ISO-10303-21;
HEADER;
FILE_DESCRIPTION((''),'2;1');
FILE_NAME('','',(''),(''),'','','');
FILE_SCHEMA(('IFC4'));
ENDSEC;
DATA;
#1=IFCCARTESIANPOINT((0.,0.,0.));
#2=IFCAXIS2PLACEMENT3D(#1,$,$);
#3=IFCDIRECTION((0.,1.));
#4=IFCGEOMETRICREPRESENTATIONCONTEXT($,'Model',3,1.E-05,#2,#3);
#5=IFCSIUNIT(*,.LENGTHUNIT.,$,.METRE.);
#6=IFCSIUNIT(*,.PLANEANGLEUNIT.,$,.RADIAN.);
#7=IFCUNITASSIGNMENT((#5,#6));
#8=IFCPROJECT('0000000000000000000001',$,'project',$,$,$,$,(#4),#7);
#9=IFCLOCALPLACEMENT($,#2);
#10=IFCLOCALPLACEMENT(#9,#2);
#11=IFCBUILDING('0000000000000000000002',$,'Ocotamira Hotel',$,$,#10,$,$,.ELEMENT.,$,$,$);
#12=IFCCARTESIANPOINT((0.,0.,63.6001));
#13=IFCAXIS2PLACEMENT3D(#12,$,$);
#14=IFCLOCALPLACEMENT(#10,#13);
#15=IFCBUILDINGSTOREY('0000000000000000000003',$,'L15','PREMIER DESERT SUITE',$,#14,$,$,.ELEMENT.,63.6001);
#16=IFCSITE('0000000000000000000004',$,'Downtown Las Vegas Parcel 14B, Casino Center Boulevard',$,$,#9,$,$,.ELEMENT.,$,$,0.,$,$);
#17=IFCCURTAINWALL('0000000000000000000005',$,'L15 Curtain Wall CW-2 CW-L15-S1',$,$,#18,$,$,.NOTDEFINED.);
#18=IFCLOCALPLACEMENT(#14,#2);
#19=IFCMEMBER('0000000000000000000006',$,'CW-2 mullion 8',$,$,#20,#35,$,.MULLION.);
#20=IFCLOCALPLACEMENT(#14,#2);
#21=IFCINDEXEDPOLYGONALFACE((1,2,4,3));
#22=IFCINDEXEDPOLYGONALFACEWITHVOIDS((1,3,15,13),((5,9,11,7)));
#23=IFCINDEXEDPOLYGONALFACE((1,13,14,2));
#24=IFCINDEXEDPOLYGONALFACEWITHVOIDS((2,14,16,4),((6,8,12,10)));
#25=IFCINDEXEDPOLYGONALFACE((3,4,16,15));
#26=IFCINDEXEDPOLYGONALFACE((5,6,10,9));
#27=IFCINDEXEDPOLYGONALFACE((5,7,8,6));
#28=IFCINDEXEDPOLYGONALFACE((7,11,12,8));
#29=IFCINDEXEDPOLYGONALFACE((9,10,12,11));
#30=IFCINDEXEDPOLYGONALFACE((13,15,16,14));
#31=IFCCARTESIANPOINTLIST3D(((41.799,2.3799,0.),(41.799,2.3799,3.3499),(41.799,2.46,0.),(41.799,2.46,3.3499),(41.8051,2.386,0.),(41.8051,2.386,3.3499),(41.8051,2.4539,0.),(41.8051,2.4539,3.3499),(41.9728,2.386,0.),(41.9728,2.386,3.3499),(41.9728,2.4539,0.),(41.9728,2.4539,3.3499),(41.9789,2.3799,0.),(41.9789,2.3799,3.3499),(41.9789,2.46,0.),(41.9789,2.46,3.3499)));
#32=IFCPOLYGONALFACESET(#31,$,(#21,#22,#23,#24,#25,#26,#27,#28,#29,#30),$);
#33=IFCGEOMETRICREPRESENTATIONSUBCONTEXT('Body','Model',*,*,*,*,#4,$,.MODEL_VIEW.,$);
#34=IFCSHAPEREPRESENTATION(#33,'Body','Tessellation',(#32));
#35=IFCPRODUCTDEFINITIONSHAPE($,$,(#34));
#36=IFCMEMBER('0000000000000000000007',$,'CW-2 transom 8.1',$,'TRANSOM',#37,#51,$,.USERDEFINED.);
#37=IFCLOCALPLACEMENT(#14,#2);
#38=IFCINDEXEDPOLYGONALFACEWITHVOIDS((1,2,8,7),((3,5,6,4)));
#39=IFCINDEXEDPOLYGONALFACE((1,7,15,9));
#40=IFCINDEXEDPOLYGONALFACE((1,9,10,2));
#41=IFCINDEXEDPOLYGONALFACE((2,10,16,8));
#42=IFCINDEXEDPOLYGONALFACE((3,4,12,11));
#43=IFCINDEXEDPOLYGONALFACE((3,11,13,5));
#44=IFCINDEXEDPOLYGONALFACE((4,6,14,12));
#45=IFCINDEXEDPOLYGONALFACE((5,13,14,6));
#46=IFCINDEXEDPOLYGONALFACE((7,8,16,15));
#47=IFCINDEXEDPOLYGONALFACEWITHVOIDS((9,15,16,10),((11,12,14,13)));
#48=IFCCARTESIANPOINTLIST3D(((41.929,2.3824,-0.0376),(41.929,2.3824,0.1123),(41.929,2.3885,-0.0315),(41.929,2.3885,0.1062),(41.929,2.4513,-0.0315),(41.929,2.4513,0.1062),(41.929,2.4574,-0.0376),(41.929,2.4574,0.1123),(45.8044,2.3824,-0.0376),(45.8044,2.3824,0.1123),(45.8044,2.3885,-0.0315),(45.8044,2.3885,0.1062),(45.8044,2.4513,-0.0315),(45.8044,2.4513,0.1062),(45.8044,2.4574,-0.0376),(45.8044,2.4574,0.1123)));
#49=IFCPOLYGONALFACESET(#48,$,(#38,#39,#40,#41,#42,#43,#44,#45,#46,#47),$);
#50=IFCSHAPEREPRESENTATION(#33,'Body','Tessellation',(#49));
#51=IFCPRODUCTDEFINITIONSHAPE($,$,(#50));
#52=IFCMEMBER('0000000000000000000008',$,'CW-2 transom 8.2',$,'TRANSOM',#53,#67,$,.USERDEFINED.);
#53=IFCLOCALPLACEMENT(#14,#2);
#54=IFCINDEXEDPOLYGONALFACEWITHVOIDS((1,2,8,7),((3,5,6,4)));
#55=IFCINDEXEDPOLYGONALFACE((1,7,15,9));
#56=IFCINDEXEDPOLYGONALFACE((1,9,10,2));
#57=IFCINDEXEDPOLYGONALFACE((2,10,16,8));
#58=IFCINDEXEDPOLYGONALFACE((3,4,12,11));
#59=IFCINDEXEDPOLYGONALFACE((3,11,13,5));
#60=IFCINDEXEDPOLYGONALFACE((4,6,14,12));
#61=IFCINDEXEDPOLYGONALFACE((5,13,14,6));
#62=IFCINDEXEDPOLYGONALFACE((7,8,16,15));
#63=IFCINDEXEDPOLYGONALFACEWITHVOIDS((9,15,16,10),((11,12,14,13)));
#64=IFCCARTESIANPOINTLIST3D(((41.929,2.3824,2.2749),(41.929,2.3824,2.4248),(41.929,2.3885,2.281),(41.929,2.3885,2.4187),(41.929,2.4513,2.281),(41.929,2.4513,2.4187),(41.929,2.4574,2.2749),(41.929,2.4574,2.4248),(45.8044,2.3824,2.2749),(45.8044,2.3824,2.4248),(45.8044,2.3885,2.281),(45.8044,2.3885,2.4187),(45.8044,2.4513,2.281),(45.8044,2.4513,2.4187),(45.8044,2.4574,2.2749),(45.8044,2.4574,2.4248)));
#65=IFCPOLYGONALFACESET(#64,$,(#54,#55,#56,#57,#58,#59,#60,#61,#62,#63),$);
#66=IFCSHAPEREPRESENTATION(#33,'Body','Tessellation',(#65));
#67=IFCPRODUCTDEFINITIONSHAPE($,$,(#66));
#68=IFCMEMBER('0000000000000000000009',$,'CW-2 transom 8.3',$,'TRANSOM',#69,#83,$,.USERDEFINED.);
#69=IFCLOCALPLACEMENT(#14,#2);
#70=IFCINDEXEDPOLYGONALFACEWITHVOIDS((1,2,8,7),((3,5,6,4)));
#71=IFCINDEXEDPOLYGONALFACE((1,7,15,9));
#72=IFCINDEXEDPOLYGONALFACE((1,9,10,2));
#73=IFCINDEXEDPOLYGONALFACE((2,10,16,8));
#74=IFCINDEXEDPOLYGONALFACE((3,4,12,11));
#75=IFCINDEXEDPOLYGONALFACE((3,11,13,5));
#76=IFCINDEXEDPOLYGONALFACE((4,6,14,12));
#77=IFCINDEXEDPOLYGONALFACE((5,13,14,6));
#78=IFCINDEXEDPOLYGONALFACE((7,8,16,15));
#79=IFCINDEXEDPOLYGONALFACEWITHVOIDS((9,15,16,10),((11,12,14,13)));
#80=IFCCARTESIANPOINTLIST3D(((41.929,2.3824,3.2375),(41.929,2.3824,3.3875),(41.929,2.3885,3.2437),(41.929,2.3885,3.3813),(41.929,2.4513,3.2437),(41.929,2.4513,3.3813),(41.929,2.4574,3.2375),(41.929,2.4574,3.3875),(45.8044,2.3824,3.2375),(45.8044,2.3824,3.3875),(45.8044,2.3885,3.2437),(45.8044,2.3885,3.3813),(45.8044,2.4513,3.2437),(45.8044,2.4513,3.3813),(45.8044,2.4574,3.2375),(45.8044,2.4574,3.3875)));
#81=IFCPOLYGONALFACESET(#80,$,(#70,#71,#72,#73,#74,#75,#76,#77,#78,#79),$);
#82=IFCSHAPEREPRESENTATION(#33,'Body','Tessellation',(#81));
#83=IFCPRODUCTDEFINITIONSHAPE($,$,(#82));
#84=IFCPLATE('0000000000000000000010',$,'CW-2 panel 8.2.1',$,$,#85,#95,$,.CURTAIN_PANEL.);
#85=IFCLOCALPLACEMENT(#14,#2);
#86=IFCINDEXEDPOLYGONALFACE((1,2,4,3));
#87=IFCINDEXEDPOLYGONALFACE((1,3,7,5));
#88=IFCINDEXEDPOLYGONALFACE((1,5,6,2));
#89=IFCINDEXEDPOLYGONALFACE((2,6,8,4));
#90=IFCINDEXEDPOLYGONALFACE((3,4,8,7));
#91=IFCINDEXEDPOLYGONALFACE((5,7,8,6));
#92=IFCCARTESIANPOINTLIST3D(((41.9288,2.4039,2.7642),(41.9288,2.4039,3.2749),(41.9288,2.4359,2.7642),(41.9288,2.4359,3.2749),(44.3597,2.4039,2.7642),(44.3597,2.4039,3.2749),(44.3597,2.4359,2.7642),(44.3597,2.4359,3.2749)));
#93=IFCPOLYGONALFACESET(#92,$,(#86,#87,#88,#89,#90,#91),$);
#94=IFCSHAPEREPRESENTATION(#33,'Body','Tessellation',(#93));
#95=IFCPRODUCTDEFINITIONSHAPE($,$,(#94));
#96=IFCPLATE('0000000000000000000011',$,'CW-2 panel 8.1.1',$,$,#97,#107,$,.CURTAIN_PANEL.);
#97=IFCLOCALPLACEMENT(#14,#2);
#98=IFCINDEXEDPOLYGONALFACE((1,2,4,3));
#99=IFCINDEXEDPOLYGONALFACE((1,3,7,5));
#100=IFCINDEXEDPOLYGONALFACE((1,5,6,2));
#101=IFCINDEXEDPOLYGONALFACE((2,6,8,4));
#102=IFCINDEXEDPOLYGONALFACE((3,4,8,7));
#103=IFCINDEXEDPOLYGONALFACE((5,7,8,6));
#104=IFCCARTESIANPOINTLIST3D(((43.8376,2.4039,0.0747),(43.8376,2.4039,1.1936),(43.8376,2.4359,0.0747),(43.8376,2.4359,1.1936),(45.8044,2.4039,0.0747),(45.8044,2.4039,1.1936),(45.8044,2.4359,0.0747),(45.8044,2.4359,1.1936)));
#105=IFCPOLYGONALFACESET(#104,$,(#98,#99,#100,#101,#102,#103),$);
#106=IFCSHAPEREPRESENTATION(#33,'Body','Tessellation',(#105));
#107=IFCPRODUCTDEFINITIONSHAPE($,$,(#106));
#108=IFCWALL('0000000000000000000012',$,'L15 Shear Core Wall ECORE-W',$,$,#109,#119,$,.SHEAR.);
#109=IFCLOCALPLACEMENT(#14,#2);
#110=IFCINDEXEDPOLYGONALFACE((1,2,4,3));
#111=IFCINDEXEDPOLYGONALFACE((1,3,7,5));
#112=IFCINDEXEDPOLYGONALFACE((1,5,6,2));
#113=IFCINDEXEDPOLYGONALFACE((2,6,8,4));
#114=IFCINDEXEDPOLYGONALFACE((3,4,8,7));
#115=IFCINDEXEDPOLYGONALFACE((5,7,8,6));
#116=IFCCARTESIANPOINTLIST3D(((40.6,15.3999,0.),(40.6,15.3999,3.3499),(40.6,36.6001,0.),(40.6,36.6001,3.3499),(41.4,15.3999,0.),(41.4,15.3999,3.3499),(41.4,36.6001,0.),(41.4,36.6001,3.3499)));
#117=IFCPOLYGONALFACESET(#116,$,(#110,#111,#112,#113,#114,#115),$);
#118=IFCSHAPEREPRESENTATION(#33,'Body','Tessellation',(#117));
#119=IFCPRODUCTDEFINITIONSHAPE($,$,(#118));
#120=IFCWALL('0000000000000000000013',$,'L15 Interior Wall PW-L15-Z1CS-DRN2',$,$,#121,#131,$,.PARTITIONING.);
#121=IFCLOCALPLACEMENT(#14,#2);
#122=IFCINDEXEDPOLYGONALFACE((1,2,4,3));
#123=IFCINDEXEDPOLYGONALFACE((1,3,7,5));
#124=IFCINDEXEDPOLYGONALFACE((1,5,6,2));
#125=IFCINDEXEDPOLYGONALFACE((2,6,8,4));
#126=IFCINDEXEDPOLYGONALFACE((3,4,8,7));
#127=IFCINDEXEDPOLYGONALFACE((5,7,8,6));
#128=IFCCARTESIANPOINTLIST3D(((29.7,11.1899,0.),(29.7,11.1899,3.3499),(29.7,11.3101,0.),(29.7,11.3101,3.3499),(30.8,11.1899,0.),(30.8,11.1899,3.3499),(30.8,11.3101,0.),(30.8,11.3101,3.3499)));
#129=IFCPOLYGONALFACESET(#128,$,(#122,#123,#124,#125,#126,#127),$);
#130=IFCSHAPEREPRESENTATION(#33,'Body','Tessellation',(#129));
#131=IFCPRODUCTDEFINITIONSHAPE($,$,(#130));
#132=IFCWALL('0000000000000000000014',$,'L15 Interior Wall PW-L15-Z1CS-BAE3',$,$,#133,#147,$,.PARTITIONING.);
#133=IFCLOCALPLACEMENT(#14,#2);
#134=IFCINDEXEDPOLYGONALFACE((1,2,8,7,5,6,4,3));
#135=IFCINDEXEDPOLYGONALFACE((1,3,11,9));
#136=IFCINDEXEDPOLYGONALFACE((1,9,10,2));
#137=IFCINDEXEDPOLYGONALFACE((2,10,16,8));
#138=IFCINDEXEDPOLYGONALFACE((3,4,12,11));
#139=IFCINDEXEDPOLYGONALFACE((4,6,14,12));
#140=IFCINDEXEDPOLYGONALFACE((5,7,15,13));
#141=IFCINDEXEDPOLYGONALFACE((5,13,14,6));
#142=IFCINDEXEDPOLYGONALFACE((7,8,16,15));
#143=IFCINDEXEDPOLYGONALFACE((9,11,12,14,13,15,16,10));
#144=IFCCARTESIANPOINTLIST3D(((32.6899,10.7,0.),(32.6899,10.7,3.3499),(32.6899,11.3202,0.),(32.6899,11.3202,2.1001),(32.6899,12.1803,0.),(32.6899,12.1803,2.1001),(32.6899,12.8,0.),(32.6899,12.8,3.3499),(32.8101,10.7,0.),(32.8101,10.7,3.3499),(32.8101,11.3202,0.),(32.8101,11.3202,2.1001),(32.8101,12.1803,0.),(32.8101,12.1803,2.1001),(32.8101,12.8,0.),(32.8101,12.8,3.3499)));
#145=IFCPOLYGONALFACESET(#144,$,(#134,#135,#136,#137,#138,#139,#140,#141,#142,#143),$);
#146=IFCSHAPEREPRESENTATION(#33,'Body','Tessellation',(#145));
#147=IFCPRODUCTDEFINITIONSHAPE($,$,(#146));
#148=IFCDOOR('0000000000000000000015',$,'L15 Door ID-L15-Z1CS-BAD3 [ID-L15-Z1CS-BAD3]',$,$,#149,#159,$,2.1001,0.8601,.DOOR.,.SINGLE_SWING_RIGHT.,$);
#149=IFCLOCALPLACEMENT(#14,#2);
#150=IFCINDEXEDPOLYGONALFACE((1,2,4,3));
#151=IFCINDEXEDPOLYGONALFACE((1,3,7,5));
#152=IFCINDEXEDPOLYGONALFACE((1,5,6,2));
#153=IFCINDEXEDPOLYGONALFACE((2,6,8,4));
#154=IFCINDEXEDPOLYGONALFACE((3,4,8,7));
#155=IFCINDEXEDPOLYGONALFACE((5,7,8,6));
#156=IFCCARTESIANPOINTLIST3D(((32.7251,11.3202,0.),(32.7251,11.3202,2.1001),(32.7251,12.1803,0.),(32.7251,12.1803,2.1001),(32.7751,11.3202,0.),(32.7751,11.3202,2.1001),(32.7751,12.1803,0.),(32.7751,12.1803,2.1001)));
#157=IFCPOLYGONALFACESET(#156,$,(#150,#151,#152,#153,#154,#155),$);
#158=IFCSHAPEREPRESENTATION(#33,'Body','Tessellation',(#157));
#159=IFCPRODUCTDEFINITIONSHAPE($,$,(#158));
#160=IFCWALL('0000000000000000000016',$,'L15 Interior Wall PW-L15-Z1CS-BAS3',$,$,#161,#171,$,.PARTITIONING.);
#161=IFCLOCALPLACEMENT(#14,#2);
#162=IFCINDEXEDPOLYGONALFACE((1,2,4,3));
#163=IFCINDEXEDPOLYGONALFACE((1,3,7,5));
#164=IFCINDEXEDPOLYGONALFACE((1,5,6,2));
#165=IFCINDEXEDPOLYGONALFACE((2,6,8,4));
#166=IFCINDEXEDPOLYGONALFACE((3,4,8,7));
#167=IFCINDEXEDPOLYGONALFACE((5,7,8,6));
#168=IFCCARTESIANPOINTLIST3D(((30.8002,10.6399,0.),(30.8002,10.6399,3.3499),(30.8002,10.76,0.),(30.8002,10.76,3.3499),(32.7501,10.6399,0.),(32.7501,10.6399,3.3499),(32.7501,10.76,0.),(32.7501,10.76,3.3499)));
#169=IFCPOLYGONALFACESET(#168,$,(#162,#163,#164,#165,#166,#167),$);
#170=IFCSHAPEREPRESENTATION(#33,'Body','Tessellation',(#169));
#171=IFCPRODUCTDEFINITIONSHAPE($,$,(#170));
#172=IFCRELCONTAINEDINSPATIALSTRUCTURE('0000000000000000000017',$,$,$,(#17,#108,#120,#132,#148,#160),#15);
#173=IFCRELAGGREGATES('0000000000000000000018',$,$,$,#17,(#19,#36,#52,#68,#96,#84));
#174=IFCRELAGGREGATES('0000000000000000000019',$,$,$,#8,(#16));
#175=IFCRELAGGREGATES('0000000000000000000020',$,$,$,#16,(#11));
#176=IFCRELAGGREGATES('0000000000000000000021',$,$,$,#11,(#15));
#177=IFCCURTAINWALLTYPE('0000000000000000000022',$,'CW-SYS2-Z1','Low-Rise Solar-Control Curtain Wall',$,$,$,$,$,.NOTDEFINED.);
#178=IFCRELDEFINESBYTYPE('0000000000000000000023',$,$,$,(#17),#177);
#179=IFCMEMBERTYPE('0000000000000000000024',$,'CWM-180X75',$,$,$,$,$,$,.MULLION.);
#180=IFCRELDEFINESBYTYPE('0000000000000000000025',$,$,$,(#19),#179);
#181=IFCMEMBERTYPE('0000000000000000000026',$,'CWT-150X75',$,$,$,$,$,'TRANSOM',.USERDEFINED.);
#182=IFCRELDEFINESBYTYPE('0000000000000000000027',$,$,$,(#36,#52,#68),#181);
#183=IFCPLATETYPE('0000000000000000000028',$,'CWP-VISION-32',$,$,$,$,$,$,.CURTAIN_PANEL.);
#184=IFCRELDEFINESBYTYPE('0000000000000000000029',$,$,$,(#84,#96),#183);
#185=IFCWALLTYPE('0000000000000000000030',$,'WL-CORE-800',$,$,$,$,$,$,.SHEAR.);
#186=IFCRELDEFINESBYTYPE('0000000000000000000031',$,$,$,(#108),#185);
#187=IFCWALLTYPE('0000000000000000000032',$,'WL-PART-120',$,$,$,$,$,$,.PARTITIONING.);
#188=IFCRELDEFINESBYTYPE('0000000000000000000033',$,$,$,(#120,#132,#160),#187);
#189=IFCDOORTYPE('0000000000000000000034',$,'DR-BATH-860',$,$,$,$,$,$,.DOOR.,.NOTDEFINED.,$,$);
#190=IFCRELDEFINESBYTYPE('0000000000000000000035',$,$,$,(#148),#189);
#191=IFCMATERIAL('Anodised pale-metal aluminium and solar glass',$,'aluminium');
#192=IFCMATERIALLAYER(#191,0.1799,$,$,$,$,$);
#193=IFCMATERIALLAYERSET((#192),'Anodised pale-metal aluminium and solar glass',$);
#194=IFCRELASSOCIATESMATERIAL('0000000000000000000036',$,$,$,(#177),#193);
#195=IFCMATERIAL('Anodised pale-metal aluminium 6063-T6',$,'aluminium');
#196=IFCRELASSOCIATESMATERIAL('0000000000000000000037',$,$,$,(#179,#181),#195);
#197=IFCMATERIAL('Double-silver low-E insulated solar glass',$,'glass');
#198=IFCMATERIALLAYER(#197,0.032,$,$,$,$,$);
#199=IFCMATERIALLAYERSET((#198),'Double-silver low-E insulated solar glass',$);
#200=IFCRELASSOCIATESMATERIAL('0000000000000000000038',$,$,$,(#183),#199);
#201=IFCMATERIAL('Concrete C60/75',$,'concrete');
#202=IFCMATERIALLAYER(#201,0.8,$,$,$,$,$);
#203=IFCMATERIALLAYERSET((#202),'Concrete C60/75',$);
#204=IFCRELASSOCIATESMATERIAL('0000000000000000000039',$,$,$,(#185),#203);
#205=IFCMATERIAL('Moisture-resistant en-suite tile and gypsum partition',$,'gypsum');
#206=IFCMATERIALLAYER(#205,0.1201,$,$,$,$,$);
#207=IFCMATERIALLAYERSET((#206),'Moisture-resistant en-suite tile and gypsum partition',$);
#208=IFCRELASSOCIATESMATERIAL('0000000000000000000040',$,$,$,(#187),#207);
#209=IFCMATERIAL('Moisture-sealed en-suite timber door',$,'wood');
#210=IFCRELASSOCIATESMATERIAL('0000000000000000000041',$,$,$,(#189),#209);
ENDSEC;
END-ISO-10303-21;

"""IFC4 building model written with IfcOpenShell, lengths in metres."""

from ifc_helpers import new_model, si_unit, direction, frame, frame_2d, origin, origin_2d, place, context, subcontext, project, spatial, rectangle, hollow_rectangle, extrude, source, transform, mapped, material, layer, layer_set, material_profile, profile_set, type_object, element, fill, aggregate, save


model = new_model("IFC4")

# Units and contexts
model_context = context("Model", 3, precision=1e-05, world=origin(), true_north=direction((0.0, 1.0)))
body_context = subcontext(model_context, "Body", "Model", "MODEL_VIEW")
ifc_project = project(units=[si_unit("LENGTHUNIT", "METRE"), si_unit("PLANEANGLEUNIT", "RADIAN")], contexts=[model_context])

# Site, building, storey
site_placement = place(None, origin())
site = spatial("IfcSite", under=ifc_project, at=site_placement, Name="Downtown Las Vegas Parcel 14B, Casino Center Boulevard", CompositionType="ELEMENT", RefElevation=0.0)
building_placement = place(site_placement, origin())
building = spatial("IfcBuilding", under=site, at=building_placement, Name="Ocotamira Hotel", CompositionType="ELEMENT")
storey_placement = place(building_placement, frame((0.0, 0.0, 63.6001)))
storey = spatial("IfcBuildingStorey", under=building, at=storey_placement, Name="L15", Description="PREMIER DESERT SUITE", CompositionType="ELEMENT", Elevation=63.6001)

# Curtain wall, members, plates
ifc_material_1 = material(Name="Anodised pale-metal aluminium and solar glass", Category="aluminium")
ifc_layer_1 = layer(ifc_material_1, 0.1799)
ifc_layer_set_1 = layer_set([ifc_layer_1], Name="Anodised pale-metal aluminium and solar glass")
curtain_wall_type = type_object("IfcCurtainWallType", Name="CW-SYS2-Z1", Description="Low-Rise Solar-Control Curtain Wall", PredefinedType="NOTDEFINED", material=ifc_layer_set_1)
curtain_wall_placement = place(storey_placement, origin())
curtain_wall = element("IfcCurtainWall", 1, at=curtain_wall_placement, inside=storey, type_object=curtain_wall_type, Name="L15 Curtain Wall CW-2 CW-L15-S1", PredefinedType="NOTDEFINED")
ifc_material_2 = material(Name="Anodised pale-metal aluminium 6063-T6", Category="aluminium")
ifc_material_profile_1 = material_profile(ifc_material_2, hollow_rectangle(XDim=0.0801, YDim=0.1799, WallThickness=0.0061, at=origin_2d()), Name="HSS180X80X6")
ifc_profile_set_1 = profile_set([ifc_material_profile_1], Name="Anodised pale-metal aluminium 6063-T6")
member_type_1 = type_object("IfcMemberType", Name="CWM-180X75", PredefinedType="MULLION", material=ifc_profile_set_1)
shared_shape_1 = source(origin(), body_context, "Body", "SweptSolid", [
    extrude(hollow_rectangle(XDim=0.0801, YDim=0.1799, WallThickness=0.0061, at=origin_2d()), origin(), (0.0, 0.0, 1.0), 3.3499),
])
member_1_placement = place(storey_placement, frame((41.8889, 2.4199, 0.0), z_axis=(0.0, 0.0, 1.0), x_axis=(0.0, 1.0, 0.0)))
member_1 = element("IfcMember", 2, at=member_1_placement, type_object=member_type_1, Name="CW-2 mullion 8", PredefinedType="MULLION", context=body_context, shape_type="MappedRepresentation", body=[
    mapped(shared_shape_1, transform((0.0, 0.0, 0.0), scale=1.0)),
])
ifc_material_profile_2 = material_profile(ifc_material_2, hollow_rectangle(XDim=0.075, YDim=0.1499, WallThickness=0.0061, at=origin_2d()), Name="HSS150X75X6")
ifc_profile_set_2 = profile_set([ifc_material_profile_2], Name="Anodised pale-metal aluminium 6063-T6")
member_type_2 = type_object("IfcMemberType", Name="CWT-150X75", ElementType="TRANSOM", PredefinedType="USERDEFINED", material=ifc_profile_set_2)
shared_shape_2 = source(origin(), body_context, "Body", "SweptSolid", [
    extrude(hollow_rectangle(XDim=0.075, YDim=0.1499, WallThickness=0.0061, at=origin_2d()), origin(), (0.0, 0.0, 1.0), 3.8755),
])
member_2_placement = place(storey_placement, frame((41.929, 2.4199, 0.0374), z_axis=(1.0, 0.0, 0.0), x_axis=(0.0, 1.0, 0.0)))
member_2 = element("IfcMember", 3, at=member_2_placement, type_object=member_type_2, Name="CW-2 transom 8.1", ObjectType="TRANSOM", PredefinedType="USERDEFINED", context=body_context, shape_type="MappedRepresentation", body=[
    mapped(shared_shape_2, transform((0.0, 0.0, 0.0), scale=1.0)),
])
member_3_placement = place(storey_placement, frame((41.929, 2.4199, 2.3499), z_axis=(1.0, 0.0, 0.0), x_axis=(0.0, 1.0, 0.0)))
member_3 = element("IfcMember", 4, at=member_3_placement, type_object=member_type_2, Name="CW-2 transom 8.2", ObjectType="TRANSOM", PredefinedType="USERDEFINED", context=body_context, shape_type="MappedRepresentation", body=[
    mapped(shared_shape_2, transform((0.0, 0.0, 0.0), scale=1.0)),
])
member_4_placement = place(storey_placement, frame((41.929, 2.4199, 3.3125), z_axis=(1.0, 0.0, 0.0), x_axis=(0.0, 1.0, 0.0)))
member_4 = element("IfcMember", 5, at=member_4_placement, type_object=member_type_2, Name="CW-2 transom 8.3", ObjectType="TRANSOM", PredefinedType="USERDEFINED", context=body_context, shape_type="MappedRepresentation", body=[
    mapped(shared_shape_2, transform((0.0, 0.0, 0.0), scale=1.0)),
])
ifc_material_3 = material(Name="Double-silver low-E insulated solar glass", Category="glass")
ifc_layer_2 = layer(ifc_material_3, 0.032)
ifc_layer_set_2 = layer_set([ifc_layer_2], Name="Double-silver low-E insulated solar glass")
plate_type = type_object("IfcPlateType", Name="CWP-VISION-32", PredefinedType="CURTAIN_PANEL", material=ifc_layer_set_2)
shared_shape_3 = source(origin(), body_context, "Body", "SweptSolid", [
    extrude(rectangle(XDim=2.4309, YDim=0.032, at=origin_2d()), origin(), (0.0, 0.0, 1.0), 0.5107),
])
plate_1_placement = place(storey_placement, frame((43.1443, 2.4199, 2.7642), z_axis=(0.0, 0.0, 1.0), x_axis=(1.0, 0.0, 0.0)))
plate_1 = element("IfcPlate", 6, at=plate_1_placement, type_object=plate_type, Name="CW-2 panel 8.2.1", PredefinedType="CURTAIN_PANEL", context=body_context, shape_type="MappedRepresentation", body=[
    mapped(shared_shape_3, transform((0.0, 0.0, 0.0), scale=1.0)),
])
shared_shape_4 = source(origin(), body_context, "Body", "SweptSolid", [
    extrude(rectangle(XDim=1.9668, YDim=0.032, at=origin_2d()), origin(), (0.0, 0.0, 1.0), 1.1189),
])
plate_2_placement = place(storey_placement, frame((44.821, 2.4199, 0.0747), z_axis=(0.0, 0.0, 1.0), x_axis=(1.0, 0.0, 0.0)))
plate_2 = element("IfcPlate", 7, at=plate_2_placement, type_object=plate_type, Name="CW-2 panel 8.1.1", PredefinedType="CURTAIN_PANEL", context=body_context, shape_type="MappedRepresentation", body=[
    mapped(shared_shape_4, transform((0.0, 0.0, 0.0), scale=1.0)),
])
aggregate(curtain_wall, [member_1, member_2, member_3, member_4, plate_2, plate_1])

# Shared definitions
ifc_material_4 = material(Name="Concrete C60/75", Category="concrete")
ifc_layer_3 = layer(ifc_material_4, 0.8)
ifc_layer_set_3 = layer_set([ifc_layer_3], Name="Concrete C60/75")
wall_type_1 = type_object("IfcWallType", Name="WL-CORE-800", PredefinedType="SHEAR", material=ifc_layer_set_3)

# Walls
wall_1_placement = place(storey_placement, frame((41.0, 15.3999, 0.0), z_axis=(0.0, 0.0, 1.0), x_axis=(0.0, 1.0, 0.0)))
element("IfcWall", 8, at=wall_1_placement, inside=storey, type_object=wall_type_1, Name="L15 Shear Core Wall ECORE-W", PredefinedType="SHEAR", context=body_context, shape_type="SweptSolid", body=[
    extrude(rectangle(XDim=21.2002, YDim=0.8, at=frame_2d((10.6001, 0.0))), origin(), (0.0, 0.0, 1.0), 3.3499),
])
ifc_material_5 = material(Name="Moisture-resistant en-suite tile and gypsum partition", Category="gypsum")
ifc_layer_4 = layer(ifc_material_5, 0.1201)
ifc_layer_set_4 = layer_set([ifc_layer_4], Name="Moisture-resistant en-suite tile and gypsum partition")
wall_type_2 = type_object("IfcWallType", Name="WL-PART-120", PredefinedType="PARTITIONING", material=ifc_layer_set_4)
wall_2_placement = place(storey_placement, frame((29.7, 11.25, 0.0), z_axis=(0.0, 0.0, 1.0), x_axis=(1.0, 0.0, 0.0)))
element("IfcWall", 9, at=wall_2_placement, inside=storey, type_object=wall_type_2, Name="L15 Interior Wall PW-L15-Z1CS-DRN2", PredefinedType="PARTITIONING", context=body_context, shape_type="SweptSolid", body=[
    extrude(rectangle(XDim=1.1001, YDim=0.1201, at=frame_2d((0.55, 0.0))), origin(), (0.0, 0.0, 1.0), 3.3499),
])

# Wall, opening, door
wall_3_placement = place(storey_placement, frame((32.75, 10.7, 0.0), z_axis=(0.0, 0.0, 1.0), x_axis=(0.0, 1.0, 0.0)))
wall_3 = element("IfcWall", 10, at=wall_3_placement, inside=storey, type_object=wall_type_2, Name="L15 Interior Wall PW-L15-Z1CS-BAE3", PredefinedType="PARTITIONING", context=body_context, shape_type="SweptSolid", body=[
    extrude(rectangle(XDim=2.1001, YDim=0.1201, at=frame_2d((1.05, 0.0))), origin(), (0.0, 0.0, 1.0), 3.3499),
])
opening_1_placement = place(wall_3_placement, frame((0.6201, 0.0, 0.0)))
opening_1 = element("IfcOpeningElement", 11, at=opening_1_placement, cuts=wall_3, PredefinedType="OPENING", context=body_context, shape_type="SweptSolid", body=[
    extrude(rectangle(XDim=0.8601, YDim=2.1001, at=frame_2d((0.4302, 1.05))), frame((0.0, 0.0701, 0.0), z_axis=(0.0, -1.0, 0.0), x_axis=(1.0, 0.0, 0.0)), (0.0, 0.0, 1.0), 0.1401),
])
ifc_material_6 = material(Name="Moisture-sealed en-suite timber door", Category="wood")
door_type_1 = type_object("IfcDoorType", Name="DR-BATH-860", OperationType="NOTDEFINED", PredefinedType="DOOR", material=ifc_material_6)
shared_shape_5 = source(origin(), body_context, "Body", "SweptSolid", [
    extrude(rectangle(XDim=0.8601, YDim=2.1001, at=frame_2d((0.4302, 1.05))), frame((0.0, 0.0249, 0.0), z_axis=(0.0, -1.0, 0.0), x_axis=(1.0, 0.0, 0.0)), (0.0, 0.0, 1.0), 0.05),
])
door_1_placement = place(opening_1_placement, origin())
door_1 = element("IfcDoor", 12, at=door_1_placement, inside=storey, type_object=door_type_1, Name="L15 Door ID-L15-Z1CS-BAD3 [ID-L15-Z1CS-BAD3]", OperationType="SINGLE_SWING_RIGHT", OverallHeight=2.1001, OverallWidth=0.8601, PredefinedType="DOOR", context=body_context, shape_type="MappedRepresentation", body=[
    mapped(shared_shape_5, transform((0.0, 0.0, 0.0), scale=1.0)),
])
fill(opening_1, door_1)

# Wall
wall_4_placement = place(storey_placement, frame((30.8, 10.7, 0.0), z_axis=(0.0, 0.0, 1.0), x_axis=(1.0, 0.0, 0.0)))
element("IfcWall", 13, at=wall_4_placement, inside=storey, type_object=wall_type_2, Name="L15 Interior Wall PW-L15-Z1CS-BAS3", PredefinedType="PARTITIONING", context=body_context, shape_type="SweptSolid", body=[
    extrude(rectangle(XDim=1.95, YDim=0.1201, at=frame_2d((0.9751, 0.0))), origin(), (0.0, 0.0, 1.0), 3.3499),
])

save(model, "model.ifc")
